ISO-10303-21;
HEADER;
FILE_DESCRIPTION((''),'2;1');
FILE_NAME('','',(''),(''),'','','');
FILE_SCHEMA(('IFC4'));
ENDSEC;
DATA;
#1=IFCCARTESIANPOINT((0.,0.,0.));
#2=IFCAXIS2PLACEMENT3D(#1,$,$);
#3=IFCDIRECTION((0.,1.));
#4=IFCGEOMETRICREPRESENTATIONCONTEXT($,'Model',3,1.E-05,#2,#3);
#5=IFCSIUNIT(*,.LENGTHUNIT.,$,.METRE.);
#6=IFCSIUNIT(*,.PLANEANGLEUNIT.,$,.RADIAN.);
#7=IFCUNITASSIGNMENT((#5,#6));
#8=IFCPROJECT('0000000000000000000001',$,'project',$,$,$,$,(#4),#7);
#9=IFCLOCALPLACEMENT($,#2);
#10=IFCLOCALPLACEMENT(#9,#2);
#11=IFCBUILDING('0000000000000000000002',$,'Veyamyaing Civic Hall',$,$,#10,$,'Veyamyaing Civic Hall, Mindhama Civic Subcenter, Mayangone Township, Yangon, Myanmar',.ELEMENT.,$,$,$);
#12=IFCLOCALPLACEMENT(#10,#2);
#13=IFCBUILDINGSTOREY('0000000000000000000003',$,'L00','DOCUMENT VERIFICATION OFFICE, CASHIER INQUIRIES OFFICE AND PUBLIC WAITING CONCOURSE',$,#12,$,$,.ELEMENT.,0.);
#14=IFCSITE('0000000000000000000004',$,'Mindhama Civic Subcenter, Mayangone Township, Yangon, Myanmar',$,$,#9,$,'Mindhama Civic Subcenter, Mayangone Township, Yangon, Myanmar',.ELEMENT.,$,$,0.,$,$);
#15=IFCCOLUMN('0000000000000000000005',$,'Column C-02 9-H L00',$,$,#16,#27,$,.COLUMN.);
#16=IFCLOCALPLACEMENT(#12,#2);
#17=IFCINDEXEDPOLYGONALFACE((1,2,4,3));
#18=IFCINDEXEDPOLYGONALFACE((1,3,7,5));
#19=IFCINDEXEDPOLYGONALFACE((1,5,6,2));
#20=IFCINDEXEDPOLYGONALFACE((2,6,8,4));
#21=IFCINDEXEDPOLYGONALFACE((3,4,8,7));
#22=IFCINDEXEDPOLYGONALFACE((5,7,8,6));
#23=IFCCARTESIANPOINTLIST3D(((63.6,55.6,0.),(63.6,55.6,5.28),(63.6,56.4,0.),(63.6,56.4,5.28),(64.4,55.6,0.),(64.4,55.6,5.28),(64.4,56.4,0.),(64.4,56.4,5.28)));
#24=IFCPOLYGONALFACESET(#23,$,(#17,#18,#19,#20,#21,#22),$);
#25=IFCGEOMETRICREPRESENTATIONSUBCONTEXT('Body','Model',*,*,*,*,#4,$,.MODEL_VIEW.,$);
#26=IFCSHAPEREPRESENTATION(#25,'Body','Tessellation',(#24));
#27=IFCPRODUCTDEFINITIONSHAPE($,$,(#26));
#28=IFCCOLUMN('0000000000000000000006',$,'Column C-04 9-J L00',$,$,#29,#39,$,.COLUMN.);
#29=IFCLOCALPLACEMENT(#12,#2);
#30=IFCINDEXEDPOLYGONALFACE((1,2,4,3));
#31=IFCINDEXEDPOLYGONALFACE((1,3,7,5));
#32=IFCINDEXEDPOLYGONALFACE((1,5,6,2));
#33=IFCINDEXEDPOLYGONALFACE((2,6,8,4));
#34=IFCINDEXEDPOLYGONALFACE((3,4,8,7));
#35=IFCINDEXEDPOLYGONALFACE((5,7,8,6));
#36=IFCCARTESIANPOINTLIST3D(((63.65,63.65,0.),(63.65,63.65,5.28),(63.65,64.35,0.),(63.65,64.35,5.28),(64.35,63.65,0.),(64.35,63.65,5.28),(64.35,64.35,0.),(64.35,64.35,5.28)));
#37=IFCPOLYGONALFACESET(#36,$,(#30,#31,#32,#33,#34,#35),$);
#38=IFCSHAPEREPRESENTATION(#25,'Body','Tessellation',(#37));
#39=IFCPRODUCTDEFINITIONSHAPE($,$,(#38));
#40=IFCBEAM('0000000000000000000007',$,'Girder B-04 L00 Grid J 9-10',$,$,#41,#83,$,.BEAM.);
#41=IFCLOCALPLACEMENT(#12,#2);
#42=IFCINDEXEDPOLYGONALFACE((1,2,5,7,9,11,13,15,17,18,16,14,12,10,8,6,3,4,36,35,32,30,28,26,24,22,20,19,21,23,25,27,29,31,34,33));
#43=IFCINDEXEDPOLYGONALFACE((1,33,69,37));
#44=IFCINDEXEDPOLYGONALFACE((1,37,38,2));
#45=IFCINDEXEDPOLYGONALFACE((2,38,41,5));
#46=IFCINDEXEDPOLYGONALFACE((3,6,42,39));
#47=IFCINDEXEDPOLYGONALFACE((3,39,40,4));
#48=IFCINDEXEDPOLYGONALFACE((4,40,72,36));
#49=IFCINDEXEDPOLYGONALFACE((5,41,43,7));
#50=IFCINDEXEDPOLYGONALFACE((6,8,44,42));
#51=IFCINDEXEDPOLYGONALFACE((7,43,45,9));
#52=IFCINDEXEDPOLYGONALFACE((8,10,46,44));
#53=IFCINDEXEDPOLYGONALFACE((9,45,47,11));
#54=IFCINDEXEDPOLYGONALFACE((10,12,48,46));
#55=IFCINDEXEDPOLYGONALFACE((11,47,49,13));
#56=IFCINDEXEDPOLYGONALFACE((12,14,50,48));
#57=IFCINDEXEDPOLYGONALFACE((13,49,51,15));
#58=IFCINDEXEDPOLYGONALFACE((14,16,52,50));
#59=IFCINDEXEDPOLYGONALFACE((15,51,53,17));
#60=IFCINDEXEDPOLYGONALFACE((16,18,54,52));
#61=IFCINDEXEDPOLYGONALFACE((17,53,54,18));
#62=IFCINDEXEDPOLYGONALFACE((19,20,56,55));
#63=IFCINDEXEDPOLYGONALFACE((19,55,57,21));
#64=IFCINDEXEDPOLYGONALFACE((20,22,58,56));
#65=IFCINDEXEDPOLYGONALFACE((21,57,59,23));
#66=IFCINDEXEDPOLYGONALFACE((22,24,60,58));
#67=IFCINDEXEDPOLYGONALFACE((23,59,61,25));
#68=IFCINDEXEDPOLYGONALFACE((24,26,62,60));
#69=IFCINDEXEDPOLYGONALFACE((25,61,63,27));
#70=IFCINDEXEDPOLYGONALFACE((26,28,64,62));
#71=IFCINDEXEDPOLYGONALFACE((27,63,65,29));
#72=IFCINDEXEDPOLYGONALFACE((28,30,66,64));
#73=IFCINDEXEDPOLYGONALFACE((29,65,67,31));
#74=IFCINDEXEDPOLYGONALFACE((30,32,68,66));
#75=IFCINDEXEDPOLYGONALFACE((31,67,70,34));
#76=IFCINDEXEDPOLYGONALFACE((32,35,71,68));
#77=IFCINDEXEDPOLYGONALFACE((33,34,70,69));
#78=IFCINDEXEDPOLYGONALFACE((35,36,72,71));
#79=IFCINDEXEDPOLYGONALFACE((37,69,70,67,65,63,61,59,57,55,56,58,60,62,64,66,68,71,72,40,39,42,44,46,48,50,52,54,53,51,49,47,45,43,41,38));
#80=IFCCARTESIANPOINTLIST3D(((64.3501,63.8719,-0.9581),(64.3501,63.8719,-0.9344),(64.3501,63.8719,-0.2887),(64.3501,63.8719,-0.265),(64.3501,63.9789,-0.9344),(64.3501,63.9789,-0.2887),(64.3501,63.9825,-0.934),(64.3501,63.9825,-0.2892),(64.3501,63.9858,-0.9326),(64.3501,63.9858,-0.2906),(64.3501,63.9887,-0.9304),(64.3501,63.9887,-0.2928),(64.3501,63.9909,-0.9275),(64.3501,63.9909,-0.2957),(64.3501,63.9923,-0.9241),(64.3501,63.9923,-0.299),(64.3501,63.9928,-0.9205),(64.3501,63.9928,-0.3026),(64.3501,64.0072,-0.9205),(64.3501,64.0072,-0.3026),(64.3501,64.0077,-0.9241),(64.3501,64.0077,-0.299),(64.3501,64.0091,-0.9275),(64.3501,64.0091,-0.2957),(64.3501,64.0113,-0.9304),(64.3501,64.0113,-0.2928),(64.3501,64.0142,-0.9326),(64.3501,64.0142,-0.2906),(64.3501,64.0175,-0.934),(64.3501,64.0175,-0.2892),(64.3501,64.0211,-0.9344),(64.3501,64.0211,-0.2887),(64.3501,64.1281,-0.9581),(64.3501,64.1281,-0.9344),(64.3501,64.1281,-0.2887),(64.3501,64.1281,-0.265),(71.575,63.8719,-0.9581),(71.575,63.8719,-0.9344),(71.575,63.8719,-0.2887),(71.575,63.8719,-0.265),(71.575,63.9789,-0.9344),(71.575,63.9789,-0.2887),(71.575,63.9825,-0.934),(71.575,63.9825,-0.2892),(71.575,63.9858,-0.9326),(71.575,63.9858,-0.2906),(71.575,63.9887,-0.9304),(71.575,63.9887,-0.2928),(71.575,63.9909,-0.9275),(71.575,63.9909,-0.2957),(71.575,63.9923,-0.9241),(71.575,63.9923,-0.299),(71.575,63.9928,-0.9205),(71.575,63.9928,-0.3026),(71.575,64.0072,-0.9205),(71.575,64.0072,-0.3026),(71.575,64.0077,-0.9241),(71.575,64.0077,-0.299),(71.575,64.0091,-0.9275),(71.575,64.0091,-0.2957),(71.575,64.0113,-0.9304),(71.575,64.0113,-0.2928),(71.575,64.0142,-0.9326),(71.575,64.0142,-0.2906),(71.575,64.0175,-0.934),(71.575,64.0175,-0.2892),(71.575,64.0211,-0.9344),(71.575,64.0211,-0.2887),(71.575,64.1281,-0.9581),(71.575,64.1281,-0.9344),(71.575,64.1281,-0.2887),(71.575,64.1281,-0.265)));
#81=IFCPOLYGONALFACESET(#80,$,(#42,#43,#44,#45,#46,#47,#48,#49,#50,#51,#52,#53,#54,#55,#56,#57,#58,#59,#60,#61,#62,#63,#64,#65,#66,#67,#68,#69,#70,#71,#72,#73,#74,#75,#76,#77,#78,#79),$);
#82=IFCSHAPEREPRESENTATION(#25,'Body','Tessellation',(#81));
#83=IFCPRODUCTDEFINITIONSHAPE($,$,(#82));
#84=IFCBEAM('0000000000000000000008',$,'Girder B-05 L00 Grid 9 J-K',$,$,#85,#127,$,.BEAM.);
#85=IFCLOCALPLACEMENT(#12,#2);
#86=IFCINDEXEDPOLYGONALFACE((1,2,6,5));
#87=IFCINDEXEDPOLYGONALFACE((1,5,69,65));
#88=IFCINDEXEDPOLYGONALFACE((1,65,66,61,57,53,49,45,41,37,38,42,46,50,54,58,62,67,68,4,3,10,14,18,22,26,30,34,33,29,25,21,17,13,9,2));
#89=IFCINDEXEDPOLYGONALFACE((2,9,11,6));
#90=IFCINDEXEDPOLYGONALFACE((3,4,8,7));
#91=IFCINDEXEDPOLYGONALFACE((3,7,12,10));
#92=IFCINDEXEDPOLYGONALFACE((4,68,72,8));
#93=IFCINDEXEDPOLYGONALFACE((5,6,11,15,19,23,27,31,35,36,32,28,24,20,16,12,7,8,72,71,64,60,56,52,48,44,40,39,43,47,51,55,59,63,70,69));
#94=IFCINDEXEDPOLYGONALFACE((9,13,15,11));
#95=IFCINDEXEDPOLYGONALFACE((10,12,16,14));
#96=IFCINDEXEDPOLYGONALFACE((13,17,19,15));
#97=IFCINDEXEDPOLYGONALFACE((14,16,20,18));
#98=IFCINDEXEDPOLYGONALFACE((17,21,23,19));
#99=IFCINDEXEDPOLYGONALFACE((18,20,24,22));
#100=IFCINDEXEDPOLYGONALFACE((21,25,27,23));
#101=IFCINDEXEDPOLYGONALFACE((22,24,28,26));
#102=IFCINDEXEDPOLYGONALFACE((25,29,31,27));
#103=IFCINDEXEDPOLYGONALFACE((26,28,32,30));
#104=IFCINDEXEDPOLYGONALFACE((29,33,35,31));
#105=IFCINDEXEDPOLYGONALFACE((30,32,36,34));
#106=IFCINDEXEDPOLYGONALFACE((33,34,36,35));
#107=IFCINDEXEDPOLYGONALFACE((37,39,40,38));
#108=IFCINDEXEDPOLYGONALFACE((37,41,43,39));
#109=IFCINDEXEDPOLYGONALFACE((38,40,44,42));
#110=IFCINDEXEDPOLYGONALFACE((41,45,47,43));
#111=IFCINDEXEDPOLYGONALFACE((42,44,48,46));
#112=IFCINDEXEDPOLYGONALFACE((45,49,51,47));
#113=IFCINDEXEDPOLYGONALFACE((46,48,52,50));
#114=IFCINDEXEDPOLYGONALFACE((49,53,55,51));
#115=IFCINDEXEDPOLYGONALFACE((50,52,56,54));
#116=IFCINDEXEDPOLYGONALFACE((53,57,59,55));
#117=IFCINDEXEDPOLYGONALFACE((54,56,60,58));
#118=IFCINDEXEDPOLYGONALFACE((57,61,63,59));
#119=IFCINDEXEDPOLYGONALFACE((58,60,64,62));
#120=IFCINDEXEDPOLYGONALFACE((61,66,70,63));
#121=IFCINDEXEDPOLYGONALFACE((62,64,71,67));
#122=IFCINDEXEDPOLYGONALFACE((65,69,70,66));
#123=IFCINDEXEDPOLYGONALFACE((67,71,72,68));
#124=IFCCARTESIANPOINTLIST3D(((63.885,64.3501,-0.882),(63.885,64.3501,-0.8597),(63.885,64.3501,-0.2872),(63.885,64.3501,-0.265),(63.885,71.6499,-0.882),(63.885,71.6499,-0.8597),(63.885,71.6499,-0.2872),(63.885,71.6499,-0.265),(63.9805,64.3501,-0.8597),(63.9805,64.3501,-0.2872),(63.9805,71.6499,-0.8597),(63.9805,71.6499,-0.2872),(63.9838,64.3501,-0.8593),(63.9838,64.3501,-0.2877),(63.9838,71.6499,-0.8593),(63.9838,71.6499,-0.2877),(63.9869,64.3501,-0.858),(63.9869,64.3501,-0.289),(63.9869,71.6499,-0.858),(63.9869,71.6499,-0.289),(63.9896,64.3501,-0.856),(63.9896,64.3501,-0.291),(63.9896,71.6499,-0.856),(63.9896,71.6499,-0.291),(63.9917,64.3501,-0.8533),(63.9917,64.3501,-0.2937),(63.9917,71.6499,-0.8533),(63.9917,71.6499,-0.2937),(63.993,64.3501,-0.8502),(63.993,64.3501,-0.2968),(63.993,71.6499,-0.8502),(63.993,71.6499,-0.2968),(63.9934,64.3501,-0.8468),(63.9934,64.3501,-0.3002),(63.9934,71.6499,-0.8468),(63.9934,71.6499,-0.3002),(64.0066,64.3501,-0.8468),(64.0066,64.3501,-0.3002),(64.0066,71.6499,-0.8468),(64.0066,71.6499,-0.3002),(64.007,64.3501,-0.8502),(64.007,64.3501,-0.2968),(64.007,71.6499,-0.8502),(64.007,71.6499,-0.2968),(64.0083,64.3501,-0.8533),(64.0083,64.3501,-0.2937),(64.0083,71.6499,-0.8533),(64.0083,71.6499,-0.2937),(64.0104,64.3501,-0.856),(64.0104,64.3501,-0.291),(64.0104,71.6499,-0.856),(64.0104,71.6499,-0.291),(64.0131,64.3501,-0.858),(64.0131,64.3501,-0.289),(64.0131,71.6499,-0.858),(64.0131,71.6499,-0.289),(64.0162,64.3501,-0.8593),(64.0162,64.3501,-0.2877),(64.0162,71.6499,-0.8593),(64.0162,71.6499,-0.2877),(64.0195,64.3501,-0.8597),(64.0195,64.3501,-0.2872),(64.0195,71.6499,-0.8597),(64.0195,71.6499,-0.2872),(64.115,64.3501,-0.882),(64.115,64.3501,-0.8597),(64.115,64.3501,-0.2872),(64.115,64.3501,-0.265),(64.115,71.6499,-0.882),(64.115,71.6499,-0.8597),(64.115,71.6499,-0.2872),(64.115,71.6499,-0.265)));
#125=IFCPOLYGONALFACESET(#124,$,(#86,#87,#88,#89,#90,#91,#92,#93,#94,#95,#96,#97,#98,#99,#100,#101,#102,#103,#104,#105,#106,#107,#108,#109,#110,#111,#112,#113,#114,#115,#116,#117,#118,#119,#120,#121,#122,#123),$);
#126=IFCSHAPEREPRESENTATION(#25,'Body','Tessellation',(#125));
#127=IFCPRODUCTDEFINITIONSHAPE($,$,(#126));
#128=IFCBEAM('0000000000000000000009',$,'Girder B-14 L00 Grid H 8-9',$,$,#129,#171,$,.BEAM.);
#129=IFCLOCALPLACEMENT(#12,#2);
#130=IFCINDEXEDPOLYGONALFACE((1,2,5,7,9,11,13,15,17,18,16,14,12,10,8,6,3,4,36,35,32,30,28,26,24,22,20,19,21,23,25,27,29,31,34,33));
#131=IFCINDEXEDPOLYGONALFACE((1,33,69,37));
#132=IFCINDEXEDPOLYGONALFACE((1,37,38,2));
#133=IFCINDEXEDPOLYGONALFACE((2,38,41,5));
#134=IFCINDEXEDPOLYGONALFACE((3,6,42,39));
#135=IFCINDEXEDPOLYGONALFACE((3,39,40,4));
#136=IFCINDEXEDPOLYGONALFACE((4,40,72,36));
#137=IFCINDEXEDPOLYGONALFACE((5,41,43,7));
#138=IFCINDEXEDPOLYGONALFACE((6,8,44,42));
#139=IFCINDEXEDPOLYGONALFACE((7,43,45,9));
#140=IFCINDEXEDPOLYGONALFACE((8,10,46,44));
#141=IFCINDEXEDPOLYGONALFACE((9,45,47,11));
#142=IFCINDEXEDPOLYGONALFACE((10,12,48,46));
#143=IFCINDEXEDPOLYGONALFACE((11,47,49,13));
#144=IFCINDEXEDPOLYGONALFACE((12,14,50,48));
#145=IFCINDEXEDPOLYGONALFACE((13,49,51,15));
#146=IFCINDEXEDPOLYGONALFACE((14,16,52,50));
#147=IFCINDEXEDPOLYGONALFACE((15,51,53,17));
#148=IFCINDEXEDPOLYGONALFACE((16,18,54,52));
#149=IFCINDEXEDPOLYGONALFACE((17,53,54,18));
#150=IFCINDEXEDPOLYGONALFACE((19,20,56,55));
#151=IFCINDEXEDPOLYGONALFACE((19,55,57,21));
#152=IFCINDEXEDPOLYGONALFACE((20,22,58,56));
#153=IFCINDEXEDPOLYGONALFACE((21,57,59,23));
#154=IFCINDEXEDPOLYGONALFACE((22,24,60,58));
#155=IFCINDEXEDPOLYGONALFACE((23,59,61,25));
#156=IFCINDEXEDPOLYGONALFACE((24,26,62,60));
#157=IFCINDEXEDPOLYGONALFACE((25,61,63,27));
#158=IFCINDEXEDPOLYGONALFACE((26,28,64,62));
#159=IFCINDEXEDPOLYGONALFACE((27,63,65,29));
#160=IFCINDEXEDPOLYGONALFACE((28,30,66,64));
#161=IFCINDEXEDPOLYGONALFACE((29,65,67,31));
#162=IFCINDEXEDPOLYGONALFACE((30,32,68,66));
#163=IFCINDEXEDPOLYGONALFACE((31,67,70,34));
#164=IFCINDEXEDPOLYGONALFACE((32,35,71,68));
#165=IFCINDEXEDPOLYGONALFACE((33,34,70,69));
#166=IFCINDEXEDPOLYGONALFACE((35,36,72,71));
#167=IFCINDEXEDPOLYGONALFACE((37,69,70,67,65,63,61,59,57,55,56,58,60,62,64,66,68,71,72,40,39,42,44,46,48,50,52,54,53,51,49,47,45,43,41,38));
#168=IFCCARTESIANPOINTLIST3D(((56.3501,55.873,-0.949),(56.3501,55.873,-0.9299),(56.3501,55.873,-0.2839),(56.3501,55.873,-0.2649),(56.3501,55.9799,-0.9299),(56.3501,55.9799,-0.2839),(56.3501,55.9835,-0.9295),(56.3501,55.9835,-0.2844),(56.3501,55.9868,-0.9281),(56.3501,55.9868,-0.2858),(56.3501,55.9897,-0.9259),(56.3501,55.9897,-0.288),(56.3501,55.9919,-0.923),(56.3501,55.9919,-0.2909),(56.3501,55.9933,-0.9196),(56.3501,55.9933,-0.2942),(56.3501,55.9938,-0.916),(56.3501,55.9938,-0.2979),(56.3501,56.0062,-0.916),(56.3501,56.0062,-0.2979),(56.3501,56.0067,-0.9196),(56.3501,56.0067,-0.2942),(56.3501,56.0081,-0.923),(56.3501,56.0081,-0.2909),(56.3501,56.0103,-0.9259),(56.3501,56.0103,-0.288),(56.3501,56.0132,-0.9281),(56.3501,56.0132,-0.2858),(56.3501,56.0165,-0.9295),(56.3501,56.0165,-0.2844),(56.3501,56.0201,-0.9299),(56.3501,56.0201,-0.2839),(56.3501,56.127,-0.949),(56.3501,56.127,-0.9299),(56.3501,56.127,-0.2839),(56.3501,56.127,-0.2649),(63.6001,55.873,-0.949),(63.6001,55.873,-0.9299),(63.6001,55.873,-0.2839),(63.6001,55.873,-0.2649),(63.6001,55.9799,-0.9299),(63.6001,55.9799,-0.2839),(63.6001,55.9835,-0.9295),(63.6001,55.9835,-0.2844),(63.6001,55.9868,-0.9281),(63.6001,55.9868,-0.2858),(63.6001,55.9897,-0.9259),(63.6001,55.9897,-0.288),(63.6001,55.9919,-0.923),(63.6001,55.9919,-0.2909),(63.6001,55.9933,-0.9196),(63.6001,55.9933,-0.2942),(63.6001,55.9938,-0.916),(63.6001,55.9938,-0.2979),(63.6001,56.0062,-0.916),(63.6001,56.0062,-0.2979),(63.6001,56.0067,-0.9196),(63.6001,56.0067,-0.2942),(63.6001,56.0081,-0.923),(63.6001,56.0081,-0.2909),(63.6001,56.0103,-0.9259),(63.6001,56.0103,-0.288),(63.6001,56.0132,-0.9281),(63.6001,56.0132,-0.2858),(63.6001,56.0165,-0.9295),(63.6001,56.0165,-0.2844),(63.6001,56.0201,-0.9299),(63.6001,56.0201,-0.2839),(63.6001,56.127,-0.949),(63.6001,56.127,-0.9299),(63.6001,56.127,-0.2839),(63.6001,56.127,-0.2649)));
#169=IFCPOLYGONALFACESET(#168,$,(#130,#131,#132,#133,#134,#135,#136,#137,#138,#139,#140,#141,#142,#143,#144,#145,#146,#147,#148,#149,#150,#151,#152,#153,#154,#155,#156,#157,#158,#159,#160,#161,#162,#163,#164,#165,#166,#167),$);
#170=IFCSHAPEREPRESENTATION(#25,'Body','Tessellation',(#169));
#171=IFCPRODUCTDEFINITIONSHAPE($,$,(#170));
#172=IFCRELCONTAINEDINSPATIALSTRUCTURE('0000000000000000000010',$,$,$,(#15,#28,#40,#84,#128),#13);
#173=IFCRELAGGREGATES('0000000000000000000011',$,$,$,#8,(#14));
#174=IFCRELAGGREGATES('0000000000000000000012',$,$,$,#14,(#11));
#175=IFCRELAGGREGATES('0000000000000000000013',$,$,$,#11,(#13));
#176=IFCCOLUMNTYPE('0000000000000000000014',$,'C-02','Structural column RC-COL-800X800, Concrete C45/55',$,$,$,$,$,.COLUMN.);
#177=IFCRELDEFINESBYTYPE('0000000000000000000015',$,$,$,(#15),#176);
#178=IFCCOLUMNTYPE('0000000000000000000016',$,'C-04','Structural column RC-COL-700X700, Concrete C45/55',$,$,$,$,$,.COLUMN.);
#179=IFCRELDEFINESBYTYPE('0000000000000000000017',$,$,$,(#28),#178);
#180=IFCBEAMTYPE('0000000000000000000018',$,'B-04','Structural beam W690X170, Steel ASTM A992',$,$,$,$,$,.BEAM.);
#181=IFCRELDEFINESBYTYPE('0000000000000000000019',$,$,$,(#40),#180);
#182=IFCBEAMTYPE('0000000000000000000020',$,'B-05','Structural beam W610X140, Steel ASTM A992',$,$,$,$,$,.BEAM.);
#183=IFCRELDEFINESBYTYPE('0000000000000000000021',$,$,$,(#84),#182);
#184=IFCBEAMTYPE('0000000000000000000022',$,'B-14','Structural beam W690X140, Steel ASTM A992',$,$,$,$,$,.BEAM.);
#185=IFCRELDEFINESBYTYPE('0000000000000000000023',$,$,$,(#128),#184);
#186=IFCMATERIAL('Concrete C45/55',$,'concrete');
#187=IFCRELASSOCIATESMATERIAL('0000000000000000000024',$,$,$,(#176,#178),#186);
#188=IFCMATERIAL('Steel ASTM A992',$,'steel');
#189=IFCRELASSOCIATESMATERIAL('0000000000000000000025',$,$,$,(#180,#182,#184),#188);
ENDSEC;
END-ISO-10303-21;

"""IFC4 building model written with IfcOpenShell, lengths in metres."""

from ifc_helpers import new_model, si_unit, direction, frame, origin, origin_2d, place, context, subcontext, project, spatial, rectangle, i_section, extrude, material, material_profile, profile_set, type_object, element, save


model = new_model("IFC4")

# Units and contexts
model_context = context("Model", 3, precision=1e-05, world=origin(), true_north=direction((0.0, 1.0)))
body_context = subcontext(model_context, "Body", "Model", "MODEL_VIEW")
ifc_project = project(units=[si_unit("LENGTHUNIT", "METRE"), si_unit("PLANEANGLEUNIT", "RADIAN")], contexts=[model_context])

# Site, building, storey
site_placement = place(None, origin())
site = spatial("IfcSite", under=ifc_project, at=site_placement, Name="Mindhama Civic Subcenter, Mayangone Township, Yangon, Myanmar", LongName="Mindhama Civic Subcenter, Mayangone Township, Yangon, Myanmar", CompositionType="ELEMENT", RefElevation=0.0)
building_placement = place(site_placement, origin())
building = spatial("IfcBuilding", under=site, at=building_placement, Name="Veyamyaing Civic Hall", LongName="Veyamyaing Civic Hall, Mindhama Civic Subcenter, Mayangone Township, Yangon, Myanmar", CompositionType="ELEMENT")
storey_placement = place(building_placement, origin())
storey = spatial("IfcBuildingStorey", under=building, at=storey_placement, Name="L00", Description="DOCUMENT VERIFICATION OFFICE, CASHIER INQUIRIES OFFICE AND PUBLIC WAITING CONCOURSE", CompositionType="ELEMENT", Elevation=0.0)

# Columns
ifc_material_1 = material(Name="Concrete C45/55", Category="concrete")
ifc_material_profile_1 = material_profile(ifc_material_1, rectangle(XDim=0.8, YDim=0.8, at=origin_2d()), Name="RC-COL-800X800")
ifc_profile_set_1 = profile_set([ifc_material_profile_1], Name="Concrete C45/55")
column_type_1 = type_object("IfcColumnType", Name="C-02", Description="Structural column RC-COL-800X800, Concrete C45/55", PredefinedType="COLUMN", material=ifc_profile_set_1)
column_1_placement = place(storey_placement, frame((64.0, 56.0, 0.0), z_axis=(0.0, 0.0, 1.0), x_axis=(1.0, 0.0, 0.0)))
element("IfcColumn", 1, at=column_1_placement, inside=storey, type_object=column_type_1, Name="Column C-02 9-H L00", PredefinedType="COLUMN", context=body_context, shape_type="SweptSolid", body=[
    extrude(rectangle(XDim=0.8, YDim=0.8, at=origin_2d()), origin(), (0.0, 0.0, 1.0), 5.28),
])
ifc_material_profile_2 = material_profile(ifc_material_1, rectangle(XDim=0.7, YDim=0.7, at=origin_2d()), Name="RC-COL-700X700")
ifc_profile_set_2 = profile_set([ifc_material_profile_2], Name="Concrete C45/55")
column_type_2 = type_object("IfcColumnType", Name="C-04", Description="Structural column RC-COL-700X700, Concrete C45/55", PredefinedType="COLUMN", material=ifc_profile_set_2)
column_2_placement = place(storey_placement, frame((64.0, 64.0, 0.0), z_axis=(0.0, 0.0, 1.0), x_axis=(1.0, 0.0, 0.0)))
element("IfcColumn", 2, at=column_2_placement, inside=storey, type_object=column_type_2, Name="Column C-04 9-J L00", PredefinedType="COLUMN", context=body_context, shape_type="SweptSolid", body=[
    extrude(rectangle(XDim=0.7, YDim=0.7, at=origin_2d()), origin(), (0.0, 0.0, 1.0), 5.28),
])

# Beams
ifc_material_2 = material(Name="Steel ASTM A992", Category="steel")
ifc_material_profile_3 = material_profile(ifc_material_2, i_section(OverallWidth=0.2561, OverallDepth=0.6931, WebThickness=0.0144, FlangeThickness=0.0237, FilletRadius=0.0139, at=origin_2d()), Name="W690X170")
ifc_profile_set_3 = profile_set([ifc_material_profile_3], Name="Steel ASTM A992")
beam_type_1 = type_object("IfcBeamType", Name="B-04", Description="Structural beam W690X170, Steel ASTM A992", PredefinedType="BEAM", material=ifc_profile_set_3)
beam_1_placement = place(storey_placement, frame((64.3501, 64.0, -0.6116), z_axis=(1.0, 0.0, 0.0), x_axis=(0.0, 1.0, 0.0)))
element("IfcBeam", 3, at=beam_1_placement, inside=storey, type_object=beam_type_1, Name="Girder B-04 L00 Grid J 9-10", PredefinedType="BEAM", context=body_context, shape_type="SweptSolid", body=[
    extrude(i_section(OverallWidth=0.2561, OverallDepth=0.6931, WebThickness=0.0144, FlangeThickness=0.0237, FilletRadius=0.0139, at=origin_2d()), origin(), (0.0, 0.0, 1.0), 7.2249),
])
ifc_material_profile_4 = material_profile(ifc_material_2, i_section(OverallWidth=0.23, OverallDepth=0.6169, WebThickness=0.0132, FlangeThickness=0.0222, FilletRadius=0.0129, at=origin_2d()), Name="W610X140")
ifc_profile_set_4 = profile_set([ifc_material_profile_4], Name="Steel ASTM A992")
beam_type_2 = type_object("IfcBeamType", Name="B-05", Description="Structural beam W610X140, Steel ASTM A992", PredefinedType="BEAM", material=ifc_profile_set_4)
beam_2_placement = place(storey_placement, frame((64.0, 64.3501, -0.5735), z_axis=(0.0, 1.0, 0.0), x_axis=(-1.0, 0.0, 0.0)))
element("IfcBeam", 4, at=beam_2_placement, inside=storey, type_object=beam_type_2, Name="Girder B-05 L00 Grid 9 J-K", PredefinedType="BEAM", context=body_context, shape_type="SweptSolid", body=[
    extrude(i_section(OverallWidth=0.23, OverallDepth=0.6169, WebThickness=0.0132, FlangeThickness=0.0222, FilletRadius=0.0129, at=origin_2d()), origin(), (0.0, 0.0, 1.0), 7.2998),
])
ifc_material_profile_5 = material_profile(ifc_material_2, i_section(OverallWidth=0.2539, OverallDepth=0.6841, WebThickness=0.0125, FlangeThickness=0.019, FilletRadius=0.0139, at=origin_2d()), Name="W690X140")
ifc_profile_set_5 = profile_set([ifc_material_profile_5], Name="Steel ASTM A992")
beam_type_3 = type_object("IfcBeamType", Name="B-14", Description="Structural beam W690X140, Steel ASTM A992", PredefinedType="BEAM", material=ifc_profile_set_5)
beam_3_placement = place(storey_placement, frame((56.3501, 56.0, -0.6069), z_axis=(1.0, 0.0, 0.0), x_axis=(0.0, 1.0, 0.0)))
element("IfcBeam", 5, at=beam_3_placement, inside=storey, type_object=beam_type_3, Name="Girder B-14 L00 Grid H 8-9", PredefinedType="BEAM", context=body_context, shape_type="SweptSolid", body=[
    extrude(i_section(OverallWidth=0.2539, OverallDepth=0.6841, WebThickness=0.0125, FlangeThickness=0.019, FilletRadius=0.0139, at=origin_2d()), origin(), (0.0, 0.0, 1.0), 7.25),
])

save(model, "model.ifc")
